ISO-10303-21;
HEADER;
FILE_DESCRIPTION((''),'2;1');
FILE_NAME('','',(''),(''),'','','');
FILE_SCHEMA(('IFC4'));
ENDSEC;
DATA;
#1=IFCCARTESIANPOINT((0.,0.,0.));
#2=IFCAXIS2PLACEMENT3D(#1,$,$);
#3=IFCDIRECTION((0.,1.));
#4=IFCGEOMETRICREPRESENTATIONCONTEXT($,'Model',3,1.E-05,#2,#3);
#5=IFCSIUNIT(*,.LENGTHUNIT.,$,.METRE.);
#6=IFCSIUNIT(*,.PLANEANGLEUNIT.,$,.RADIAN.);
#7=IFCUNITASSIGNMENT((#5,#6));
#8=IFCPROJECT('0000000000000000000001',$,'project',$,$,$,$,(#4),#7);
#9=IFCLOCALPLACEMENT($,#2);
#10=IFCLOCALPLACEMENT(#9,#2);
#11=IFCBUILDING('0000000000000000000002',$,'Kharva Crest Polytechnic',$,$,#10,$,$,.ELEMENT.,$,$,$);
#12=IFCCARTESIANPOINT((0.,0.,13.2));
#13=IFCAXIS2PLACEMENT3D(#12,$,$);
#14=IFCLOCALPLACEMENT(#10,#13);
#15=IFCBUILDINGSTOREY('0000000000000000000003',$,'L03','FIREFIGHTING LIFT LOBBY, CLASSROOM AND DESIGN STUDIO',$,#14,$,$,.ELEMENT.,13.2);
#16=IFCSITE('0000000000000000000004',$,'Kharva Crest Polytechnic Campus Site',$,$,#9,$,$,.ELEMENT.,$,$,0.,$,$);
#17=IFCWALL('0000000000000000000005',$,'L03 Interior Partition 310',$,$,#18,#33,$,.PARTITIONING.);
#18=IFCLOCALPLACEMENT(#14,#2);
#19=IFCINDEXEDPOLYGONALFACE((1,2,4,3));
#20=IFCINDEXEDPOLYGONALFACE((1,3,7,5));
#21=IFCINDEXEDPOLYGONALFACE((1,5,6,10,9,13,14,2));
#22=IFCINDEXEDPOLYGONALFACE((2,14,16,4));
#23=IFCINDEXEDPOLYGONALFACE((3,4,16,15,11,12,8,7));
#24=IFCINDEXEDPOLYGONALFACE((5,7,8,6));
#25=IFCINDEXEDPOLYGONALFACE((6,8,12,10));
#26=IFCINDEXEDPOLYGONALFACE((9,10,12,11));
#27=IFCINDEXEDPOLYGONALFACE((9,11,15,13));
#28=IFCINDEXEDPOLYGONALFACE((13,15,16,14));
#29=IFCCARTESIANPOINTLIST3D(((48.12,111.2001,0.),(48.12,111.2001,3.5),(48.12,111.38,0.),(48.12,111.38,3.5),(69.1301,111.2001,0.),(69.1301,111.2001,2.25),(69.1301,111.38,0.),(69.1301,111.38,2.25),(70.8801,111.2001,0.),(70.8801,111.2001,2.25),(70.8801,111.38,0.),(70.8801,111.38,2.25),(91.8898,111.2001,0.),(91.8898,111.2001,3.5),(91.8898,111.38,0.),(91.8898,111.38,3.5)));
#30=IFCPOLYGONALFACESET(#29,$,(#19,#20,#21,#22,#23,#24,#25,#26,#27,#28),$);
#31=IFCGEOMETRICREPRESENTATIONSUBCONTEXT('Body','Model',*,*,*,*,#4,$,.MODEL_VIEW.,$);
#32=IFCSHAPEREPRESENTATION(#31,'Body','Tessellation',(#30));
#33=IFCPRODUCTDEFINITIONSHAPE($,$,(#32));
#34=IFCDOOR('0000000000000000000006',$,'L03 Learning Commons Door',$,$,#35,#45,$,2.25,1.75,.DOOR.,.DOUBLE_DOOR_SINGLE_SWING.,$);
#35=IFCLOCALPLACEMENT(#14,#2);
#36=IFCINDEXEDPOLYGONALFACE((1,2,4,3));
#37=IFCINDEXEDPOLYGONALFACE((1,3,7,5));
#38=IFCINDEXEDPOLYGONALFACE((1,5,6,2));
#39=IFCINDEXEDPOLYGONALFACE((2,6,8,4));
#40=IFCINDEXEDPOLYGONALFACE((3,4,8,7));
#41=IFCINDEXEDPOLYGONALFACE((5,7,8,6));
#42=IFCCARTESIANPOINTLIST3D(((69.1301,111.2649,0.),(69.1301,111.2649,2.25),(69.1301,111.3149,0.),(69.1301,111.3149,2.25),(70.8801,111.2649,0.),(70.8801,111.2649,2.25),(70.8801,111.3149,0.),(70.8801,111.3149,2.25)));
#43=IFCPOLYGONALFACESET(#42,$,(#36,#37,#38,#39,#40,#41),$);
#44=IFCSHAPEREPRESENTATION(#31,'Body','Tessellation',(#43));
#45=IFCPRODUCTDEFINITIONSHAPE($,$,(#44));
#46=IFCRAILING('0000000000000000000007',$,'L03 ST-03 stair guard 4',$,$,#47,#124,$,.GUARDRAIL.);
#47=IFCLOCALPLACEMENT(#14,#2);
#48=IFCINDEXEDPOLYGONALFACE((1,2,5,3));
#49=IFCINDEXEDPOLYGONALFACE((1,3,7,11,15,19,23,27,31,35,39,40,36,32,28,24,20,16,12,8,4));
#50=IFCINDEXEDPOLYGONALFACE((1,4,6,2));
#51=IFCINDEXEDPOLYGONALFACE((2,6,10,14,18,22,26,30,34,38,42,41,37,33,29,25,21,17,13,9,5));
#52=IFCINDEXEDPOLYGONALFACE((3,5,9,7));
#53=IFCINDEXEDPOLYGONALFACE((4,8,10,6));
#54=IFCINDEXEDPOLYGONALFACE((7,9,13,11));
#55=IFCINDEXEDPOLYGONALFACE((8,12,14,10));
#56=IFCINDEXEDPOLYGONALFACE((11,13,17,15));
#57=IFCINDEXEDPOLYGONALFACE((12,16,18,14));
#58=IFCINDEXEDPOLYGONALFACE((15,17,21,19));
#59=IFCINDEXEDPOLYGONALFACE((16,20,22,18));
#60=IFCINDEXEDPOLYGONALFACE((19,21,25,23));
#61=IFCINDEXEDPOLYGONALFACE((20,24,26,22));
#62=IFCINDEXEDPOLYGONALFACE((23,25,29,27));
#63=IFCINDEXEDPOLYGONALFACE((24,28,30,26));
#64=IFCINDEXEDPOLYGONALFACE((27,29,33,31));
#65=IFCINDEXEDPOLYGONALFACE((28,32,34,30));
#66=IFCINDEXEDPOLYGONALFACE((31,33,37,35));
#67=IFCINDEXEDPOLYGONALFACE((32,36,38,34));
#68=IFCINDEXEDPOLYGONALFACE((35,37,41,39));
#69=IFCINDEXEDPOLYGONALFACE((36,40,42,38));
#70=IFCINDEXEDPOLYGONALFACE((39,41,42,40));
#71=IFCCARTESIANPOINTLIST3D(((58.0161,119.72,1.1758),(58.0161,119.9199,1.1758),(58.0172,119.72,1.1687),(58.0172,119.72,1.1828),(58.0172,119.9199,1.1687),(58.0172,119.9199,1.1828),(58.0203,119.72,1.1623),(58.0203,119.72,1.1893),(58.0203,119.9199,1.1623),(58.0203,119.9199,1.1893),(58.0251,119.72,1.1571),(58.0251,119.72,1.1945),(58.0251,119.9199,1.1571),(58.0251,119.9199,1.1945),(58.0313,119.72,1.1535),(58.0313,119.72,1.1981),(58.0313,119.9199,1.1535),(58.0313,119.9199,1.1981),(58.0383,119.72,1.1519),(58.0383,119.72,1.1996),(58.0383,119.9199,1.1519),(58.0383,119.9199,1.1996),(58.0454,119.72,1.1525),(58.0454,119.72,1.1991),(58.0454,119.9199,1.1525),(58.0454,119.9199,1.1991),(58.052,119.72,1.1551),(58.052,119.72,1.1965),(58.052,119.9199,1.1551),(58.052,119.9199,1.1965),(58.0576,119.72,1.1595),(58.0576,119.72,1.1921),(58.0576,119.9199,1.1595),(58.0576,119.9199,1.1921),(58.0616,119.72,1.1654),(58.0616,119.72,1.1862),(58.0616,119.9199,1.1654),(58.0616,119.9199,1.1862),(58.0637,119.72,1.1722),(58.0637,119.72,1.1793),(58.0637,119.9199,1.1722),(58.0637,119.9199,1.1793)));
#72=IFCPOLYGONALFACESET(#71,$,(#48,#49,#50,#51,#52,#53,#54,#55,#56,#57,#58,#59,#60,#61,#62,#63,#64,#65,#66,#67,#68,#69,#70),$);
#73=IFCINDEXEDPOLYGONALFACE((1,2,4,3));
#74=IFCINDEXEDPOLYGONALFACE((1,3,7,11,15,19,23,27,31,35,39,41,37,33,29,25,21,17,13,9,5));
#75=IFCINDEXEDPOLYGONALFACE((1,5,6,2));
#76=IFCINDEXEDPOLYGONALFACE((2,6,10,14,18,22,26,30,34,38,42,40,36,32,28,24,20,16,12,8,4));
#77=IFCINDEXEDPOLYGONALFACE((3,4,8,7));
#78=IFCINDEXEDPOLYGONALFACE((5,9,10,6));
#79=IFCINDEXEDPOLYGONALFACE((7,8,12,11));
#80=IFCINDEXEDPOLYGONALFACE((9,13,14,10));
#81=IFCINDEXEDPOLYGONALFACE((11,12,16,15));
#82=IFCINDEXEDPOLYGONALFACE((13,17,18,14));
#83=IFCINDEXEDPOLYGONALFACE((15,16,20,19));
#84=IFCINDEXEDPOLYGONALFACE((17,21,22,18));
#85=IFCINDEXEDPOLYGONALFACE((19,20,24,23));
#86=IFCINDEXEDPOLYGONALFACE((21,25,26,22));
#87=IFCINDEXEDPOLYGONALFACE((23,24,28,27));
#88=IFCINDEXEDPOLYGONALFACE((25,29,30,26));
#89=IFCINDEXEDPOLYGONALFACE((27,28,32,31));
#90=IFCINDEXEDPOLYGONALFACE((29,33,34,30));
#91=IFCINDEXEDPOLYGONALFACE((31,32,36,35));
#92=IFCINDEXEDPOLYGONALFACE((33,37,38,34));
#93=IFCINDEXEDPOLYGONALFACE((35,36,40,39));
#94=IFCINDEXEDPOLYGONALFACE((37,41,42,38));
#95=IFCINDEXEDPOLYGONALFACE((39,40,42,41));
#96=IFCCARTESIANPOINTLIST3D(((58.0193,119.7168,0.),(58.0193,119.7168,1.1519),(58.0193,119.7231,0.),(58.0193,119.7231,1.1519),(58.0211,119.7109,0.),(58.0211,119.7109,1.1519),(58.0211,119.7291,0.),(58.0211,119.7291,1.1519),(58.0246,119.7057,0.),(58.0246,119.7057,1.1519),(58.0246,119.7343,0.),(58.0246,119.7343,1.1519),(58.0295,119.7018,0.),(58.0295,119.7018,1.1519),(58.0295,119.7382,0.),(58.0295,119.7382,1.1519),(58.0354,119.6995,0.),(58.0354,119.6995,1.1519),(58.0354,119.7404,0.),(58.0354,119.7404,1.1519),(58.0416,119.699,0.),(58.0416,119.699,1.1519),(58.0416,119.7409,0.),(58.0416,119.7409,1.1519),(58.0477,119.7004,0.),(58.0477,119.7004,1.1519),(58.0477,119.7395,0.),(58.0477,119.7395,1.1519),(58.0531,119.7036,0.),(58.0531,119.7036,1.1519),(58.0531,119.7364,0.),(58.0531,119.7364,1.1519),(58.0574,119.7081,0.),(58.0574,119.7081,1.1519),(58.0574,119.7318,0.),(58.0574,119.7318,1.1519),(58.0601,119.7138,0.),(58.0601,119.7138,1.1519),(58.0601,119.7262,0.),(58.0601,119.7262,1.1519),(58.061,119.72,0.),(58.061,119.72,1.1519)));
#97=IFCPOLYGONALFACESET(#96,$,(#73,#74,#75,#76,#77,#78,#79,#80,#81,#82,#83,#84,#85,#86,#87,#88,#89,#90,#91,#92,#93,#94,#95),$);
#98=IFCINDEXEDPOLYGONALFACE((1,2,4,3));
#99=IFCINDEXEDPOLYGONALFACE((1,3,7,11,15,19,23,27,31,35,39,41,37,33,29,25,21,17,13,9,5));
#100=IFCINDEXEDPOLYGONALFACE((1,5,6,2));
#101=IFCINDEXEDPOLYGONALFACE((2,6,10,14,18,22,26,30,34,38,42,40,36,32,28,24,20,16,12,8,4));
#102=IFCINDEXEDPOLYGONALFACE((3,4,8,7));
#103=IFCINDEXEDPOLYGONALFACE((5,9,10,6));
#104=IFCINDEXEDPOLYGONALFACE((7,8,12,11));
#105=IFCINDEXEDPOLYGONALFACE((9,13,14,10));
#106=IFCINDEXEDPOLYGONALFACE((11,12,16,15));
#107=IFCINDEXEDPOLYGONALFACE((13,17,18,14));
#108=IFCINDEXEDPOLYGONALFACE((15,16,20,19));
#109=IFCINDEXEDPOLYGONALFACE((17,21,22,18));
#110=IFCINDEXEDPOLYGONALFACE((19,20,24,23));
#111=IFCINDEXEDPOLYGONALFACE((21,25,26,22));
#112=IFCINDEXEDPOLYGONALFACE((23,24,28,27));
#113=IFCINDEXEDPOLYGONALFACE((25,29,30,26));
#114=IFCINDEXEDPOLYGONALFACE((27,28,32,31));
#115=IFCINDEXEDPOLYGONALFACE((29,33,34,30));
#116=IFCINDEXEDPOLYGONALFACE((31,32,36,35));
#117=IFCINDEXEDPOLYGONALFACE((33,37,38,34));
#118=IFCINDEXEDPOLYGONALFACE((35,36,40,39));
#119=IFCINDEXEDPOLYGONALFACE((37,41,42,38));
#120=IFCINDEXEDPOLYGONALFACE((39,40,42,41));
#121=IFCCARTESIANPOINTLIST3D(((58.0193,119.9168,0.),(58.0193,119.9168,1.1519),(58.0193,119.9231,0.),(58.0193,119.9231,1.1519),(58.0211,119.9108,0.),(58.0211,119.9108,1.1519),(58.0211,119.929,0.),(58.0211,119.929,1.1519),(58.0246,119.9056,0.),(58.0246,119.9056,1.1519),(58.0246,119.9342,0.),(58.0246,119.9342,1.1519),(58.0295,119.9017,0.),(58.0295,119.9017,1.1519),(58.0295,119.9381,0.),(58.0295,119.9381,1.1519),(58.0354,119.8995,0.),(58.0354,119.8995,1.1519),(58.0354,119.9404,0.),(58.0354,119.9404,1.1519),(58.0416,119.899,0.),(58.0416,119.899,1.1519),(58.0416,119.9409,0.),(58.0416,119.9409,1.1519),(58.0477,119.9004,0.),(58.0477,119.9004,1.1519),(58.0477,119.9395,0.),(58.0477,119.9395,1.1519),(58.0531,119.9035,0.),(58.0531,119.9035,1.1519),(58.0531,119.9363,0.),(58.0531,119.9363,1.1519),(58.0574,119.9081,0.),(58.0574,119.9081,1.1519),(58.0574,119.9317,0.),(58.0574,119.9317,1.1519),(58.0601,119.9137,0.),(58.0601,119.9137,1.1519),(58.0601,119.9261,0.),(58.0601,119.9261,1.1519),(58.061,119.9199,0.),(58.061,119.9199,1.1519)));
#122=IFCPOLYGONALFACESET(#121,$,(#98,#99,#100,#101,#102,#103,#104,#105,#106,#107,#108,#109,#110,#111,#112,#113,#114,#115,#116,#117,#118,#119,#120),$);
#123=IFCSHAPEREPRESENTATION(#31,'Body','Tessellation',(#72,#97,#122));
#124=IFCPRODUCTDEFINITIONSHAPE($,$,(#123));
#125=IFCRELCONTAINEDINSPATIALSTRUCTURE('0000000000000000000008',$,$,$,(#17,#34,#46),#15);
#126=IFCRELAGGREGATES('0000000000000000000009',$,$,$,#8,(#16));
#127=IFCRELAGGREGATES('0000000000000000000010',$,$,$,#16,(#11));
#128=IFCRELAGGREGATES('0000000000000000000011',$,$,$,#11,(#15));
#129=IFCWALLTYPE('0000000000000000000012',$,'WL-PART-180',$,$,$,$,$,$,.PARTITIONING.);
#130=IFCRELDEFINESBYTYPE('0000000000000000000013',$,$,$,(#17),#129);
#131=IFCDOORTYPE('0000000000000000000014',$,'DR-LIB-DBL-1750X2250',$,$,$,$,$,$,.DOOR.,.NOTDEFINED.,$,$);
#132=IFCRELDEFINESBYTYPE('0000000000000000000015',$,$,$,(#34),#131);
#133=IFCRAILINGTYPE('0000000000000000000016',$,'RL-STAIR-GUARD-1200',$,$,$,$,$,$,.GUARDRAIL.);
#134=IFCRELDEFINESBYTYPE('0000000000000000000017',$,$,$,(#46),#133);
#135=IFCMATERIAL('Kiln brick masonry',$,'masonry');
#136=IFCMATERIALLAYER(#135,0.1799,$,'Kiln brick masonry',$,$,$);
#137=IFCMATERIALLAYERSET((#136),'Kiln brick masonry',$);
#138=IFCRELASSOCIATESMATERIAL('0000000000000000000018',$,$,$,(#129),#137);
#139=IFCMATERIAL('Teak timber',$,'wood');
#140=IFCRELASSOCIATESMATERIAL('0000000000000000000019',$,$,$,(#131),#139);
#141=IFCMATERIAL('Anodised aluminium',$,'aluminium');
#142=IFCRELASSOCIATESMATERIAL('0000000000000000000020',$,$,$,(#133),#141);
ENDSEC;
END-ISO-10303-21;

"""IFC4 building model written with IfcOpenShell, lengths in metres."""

from ifc_helpers import new_model, si_unit, direction, frame, frame_2d, origin, origin_2d, place, context, subcontext, project, spatial, rectangle, circle, extrude, material, layer, layer_set, type_object, element, fill, save


model = new_model("IFC4")

# Units and contexts
model_context = context("Model", 3, precision=1e-05, world=origin(), true_north=direction((0.0, 1.0)))
body_context = subcontext(model_context, "Body", "Model", "MODEL_VIEW")
ifc_project = project(units=[si_unit("LENGTHUNIT", "METRE"), si_unit("PLANEANGLEUNIT", "RADIAN")], contexts=[model_context])

# Site, building, storey
site_placement = place(None, origin())
site = spatial("IfcSite", under=ifc_project, at=site_placement, Name="Kharva Crest Polytechnic Campus Site", CompositionType="ELEMENT", RefElevation=0.0)
building_placement = place(site_placement, origin())
building = spatial("IfcBuilding", under=site, at=building_placement, Name="Kharva Crest Polytechnic", CompositionType="ELEMENT")
storey_placement = place(building_placement, frame((0.0, 0.0, 13.2)))
storey = spatial("IfcBuildingStorey", under=building, at=storey_placement, Name="L03", Description="FIREFIGHTING LIFT LOBBY, CLASSROOM AND DESIGN STUDIO", CompositionType="ELEMENT", Elevation=13.2)

# Shared definitions
ifc_material_1 = material(Name="Teak timber", Category="wood")

# Shared definitions
ifc_material_2 = material(Name="Kiln brick masonry", Category="masonry")

# Wall, opening, door
ifc_layer_1 = layer(ifc_material_2, 0.1799, Name="Kiln brick masonry")
ifc_layer_set_1 = layer_set([ifc_layer_1], Name="Kiln brick masonry")
wall_type_1 = type_object("IfcWallType", Name="WL-PART-180", PredefinedType="PARTITIONING", material=ifc_layer_set_1)
wall_1_placement = place(storey_placement, frame((48.1201, 111.29, 0.0), z_axis=(0.0, 0.0, 1.0), x_axis=(1.0, 0.0, 0.0)))
wall_1 = element("IfcWall", 1, at=wall_1_placement, inside=storey, type_object=wall_type_1, Name="L03 Interior Partition 310", PredefinedType="PARTITIONING", context=body_context, shape_type="SweptSolid", body=[
    extrude(rectangle(XDim=43.7698, YDim=0.1799, at=frame_2d((21.8848, 0.0))), origin(), (0.0, 0.0, 1.0), 3.5),
])
opening_1_placement = place(wall_1_placement, frame((21.01, 0.0, 0.0)))
opening_1 = element("IfcOpeningElement", 2, at=opening_1_placement, cuts=wall_1, PredefinedType="OPENING", context=body_context, shape_type="SweptSolid", body=[
    extrude(rectangle(XDim=1.75, YDim=2.25, at=frame_2d((0.875, 1.125))), frame((0.0, 0.0999, 0.0), z_axis=(0.0, -1.0, 0.0), x_axis=(1.0, 0.0, 0.0)), (0.0, 0.0, 1.0), 0.2),
])
door_type_1 = type_object("IfcDoorType", Name="DR-LIB-DBL-1750X2250", OperationType="NOTDEFINED", PredefinedType="DOOR", material=ifc_material_1)
door_1_placement = place(opening_1_placement, origin())
door_1 = element("IfcDoor", 3, at=door_1_placement, inside=storey, type_object=door_type_1, Name="L03 Learning Commons Door", OperationType="DOUBLE_DOOR_SINGLE_SWING", OverallHeight=2.25, OverallWidth=1.75, PredefinedType="DOOR", context=body_context, shape_type="SweptSolid", body=[
    extrude(rectangle(XDim=1.75, YDim=2.25, at=frame_2d((0.875, 1.125))), frame((0.0, 0.0249, 0.0), z_axis=(0.0, -1.0, 0.0), x_axis=(1.0, 0.0, 0.0)), (0.0, 0.0, 1.0), 0.05),
])
fill(opening_1, door_1)

# Railing
ifc_material_3 = material(Name="Anodised aluminium", Category="aluminium")
railing_type_1 = type_object("IfcRailingType", Name="RL-STAIR-GUARD-1200", PredefinedType="GUARDRAIL", material=ifc_material_3)
railing_1_placement = place(storey_placement, frame((58.04, 119.72, 0.0)))
element("IfcRailing", 4, at=railing_1_placement, inside=storey, type_object=railing_type_1, Name="L03 ST-03 stair guard 4", PredefinedType="GUARDRAIL", context=body_context, shape_type="SweptSolid", body=[
    extrude(circle(Radius=0.0239, at=origin_2d()), frame((0.0, 0.0, 1.1758), z_axis=(0.0, 1.0, 0.0), x_axis=(-1.0, 0.0, 0.0)), (0.0, 0.0, 1.0), 0.2),
    extrude(circle(Radius=0.021, at=origin_2d()), origin(), (0.0, 0.0, 1.0), 1.1519),
    extrude(circle(Radius=0.021, at=origin_2d()), frame((0.0, 0.2, 0.0)), (0.0, 0.0, 1.0), 1.1519),
])

save(model, "model.ifc")
